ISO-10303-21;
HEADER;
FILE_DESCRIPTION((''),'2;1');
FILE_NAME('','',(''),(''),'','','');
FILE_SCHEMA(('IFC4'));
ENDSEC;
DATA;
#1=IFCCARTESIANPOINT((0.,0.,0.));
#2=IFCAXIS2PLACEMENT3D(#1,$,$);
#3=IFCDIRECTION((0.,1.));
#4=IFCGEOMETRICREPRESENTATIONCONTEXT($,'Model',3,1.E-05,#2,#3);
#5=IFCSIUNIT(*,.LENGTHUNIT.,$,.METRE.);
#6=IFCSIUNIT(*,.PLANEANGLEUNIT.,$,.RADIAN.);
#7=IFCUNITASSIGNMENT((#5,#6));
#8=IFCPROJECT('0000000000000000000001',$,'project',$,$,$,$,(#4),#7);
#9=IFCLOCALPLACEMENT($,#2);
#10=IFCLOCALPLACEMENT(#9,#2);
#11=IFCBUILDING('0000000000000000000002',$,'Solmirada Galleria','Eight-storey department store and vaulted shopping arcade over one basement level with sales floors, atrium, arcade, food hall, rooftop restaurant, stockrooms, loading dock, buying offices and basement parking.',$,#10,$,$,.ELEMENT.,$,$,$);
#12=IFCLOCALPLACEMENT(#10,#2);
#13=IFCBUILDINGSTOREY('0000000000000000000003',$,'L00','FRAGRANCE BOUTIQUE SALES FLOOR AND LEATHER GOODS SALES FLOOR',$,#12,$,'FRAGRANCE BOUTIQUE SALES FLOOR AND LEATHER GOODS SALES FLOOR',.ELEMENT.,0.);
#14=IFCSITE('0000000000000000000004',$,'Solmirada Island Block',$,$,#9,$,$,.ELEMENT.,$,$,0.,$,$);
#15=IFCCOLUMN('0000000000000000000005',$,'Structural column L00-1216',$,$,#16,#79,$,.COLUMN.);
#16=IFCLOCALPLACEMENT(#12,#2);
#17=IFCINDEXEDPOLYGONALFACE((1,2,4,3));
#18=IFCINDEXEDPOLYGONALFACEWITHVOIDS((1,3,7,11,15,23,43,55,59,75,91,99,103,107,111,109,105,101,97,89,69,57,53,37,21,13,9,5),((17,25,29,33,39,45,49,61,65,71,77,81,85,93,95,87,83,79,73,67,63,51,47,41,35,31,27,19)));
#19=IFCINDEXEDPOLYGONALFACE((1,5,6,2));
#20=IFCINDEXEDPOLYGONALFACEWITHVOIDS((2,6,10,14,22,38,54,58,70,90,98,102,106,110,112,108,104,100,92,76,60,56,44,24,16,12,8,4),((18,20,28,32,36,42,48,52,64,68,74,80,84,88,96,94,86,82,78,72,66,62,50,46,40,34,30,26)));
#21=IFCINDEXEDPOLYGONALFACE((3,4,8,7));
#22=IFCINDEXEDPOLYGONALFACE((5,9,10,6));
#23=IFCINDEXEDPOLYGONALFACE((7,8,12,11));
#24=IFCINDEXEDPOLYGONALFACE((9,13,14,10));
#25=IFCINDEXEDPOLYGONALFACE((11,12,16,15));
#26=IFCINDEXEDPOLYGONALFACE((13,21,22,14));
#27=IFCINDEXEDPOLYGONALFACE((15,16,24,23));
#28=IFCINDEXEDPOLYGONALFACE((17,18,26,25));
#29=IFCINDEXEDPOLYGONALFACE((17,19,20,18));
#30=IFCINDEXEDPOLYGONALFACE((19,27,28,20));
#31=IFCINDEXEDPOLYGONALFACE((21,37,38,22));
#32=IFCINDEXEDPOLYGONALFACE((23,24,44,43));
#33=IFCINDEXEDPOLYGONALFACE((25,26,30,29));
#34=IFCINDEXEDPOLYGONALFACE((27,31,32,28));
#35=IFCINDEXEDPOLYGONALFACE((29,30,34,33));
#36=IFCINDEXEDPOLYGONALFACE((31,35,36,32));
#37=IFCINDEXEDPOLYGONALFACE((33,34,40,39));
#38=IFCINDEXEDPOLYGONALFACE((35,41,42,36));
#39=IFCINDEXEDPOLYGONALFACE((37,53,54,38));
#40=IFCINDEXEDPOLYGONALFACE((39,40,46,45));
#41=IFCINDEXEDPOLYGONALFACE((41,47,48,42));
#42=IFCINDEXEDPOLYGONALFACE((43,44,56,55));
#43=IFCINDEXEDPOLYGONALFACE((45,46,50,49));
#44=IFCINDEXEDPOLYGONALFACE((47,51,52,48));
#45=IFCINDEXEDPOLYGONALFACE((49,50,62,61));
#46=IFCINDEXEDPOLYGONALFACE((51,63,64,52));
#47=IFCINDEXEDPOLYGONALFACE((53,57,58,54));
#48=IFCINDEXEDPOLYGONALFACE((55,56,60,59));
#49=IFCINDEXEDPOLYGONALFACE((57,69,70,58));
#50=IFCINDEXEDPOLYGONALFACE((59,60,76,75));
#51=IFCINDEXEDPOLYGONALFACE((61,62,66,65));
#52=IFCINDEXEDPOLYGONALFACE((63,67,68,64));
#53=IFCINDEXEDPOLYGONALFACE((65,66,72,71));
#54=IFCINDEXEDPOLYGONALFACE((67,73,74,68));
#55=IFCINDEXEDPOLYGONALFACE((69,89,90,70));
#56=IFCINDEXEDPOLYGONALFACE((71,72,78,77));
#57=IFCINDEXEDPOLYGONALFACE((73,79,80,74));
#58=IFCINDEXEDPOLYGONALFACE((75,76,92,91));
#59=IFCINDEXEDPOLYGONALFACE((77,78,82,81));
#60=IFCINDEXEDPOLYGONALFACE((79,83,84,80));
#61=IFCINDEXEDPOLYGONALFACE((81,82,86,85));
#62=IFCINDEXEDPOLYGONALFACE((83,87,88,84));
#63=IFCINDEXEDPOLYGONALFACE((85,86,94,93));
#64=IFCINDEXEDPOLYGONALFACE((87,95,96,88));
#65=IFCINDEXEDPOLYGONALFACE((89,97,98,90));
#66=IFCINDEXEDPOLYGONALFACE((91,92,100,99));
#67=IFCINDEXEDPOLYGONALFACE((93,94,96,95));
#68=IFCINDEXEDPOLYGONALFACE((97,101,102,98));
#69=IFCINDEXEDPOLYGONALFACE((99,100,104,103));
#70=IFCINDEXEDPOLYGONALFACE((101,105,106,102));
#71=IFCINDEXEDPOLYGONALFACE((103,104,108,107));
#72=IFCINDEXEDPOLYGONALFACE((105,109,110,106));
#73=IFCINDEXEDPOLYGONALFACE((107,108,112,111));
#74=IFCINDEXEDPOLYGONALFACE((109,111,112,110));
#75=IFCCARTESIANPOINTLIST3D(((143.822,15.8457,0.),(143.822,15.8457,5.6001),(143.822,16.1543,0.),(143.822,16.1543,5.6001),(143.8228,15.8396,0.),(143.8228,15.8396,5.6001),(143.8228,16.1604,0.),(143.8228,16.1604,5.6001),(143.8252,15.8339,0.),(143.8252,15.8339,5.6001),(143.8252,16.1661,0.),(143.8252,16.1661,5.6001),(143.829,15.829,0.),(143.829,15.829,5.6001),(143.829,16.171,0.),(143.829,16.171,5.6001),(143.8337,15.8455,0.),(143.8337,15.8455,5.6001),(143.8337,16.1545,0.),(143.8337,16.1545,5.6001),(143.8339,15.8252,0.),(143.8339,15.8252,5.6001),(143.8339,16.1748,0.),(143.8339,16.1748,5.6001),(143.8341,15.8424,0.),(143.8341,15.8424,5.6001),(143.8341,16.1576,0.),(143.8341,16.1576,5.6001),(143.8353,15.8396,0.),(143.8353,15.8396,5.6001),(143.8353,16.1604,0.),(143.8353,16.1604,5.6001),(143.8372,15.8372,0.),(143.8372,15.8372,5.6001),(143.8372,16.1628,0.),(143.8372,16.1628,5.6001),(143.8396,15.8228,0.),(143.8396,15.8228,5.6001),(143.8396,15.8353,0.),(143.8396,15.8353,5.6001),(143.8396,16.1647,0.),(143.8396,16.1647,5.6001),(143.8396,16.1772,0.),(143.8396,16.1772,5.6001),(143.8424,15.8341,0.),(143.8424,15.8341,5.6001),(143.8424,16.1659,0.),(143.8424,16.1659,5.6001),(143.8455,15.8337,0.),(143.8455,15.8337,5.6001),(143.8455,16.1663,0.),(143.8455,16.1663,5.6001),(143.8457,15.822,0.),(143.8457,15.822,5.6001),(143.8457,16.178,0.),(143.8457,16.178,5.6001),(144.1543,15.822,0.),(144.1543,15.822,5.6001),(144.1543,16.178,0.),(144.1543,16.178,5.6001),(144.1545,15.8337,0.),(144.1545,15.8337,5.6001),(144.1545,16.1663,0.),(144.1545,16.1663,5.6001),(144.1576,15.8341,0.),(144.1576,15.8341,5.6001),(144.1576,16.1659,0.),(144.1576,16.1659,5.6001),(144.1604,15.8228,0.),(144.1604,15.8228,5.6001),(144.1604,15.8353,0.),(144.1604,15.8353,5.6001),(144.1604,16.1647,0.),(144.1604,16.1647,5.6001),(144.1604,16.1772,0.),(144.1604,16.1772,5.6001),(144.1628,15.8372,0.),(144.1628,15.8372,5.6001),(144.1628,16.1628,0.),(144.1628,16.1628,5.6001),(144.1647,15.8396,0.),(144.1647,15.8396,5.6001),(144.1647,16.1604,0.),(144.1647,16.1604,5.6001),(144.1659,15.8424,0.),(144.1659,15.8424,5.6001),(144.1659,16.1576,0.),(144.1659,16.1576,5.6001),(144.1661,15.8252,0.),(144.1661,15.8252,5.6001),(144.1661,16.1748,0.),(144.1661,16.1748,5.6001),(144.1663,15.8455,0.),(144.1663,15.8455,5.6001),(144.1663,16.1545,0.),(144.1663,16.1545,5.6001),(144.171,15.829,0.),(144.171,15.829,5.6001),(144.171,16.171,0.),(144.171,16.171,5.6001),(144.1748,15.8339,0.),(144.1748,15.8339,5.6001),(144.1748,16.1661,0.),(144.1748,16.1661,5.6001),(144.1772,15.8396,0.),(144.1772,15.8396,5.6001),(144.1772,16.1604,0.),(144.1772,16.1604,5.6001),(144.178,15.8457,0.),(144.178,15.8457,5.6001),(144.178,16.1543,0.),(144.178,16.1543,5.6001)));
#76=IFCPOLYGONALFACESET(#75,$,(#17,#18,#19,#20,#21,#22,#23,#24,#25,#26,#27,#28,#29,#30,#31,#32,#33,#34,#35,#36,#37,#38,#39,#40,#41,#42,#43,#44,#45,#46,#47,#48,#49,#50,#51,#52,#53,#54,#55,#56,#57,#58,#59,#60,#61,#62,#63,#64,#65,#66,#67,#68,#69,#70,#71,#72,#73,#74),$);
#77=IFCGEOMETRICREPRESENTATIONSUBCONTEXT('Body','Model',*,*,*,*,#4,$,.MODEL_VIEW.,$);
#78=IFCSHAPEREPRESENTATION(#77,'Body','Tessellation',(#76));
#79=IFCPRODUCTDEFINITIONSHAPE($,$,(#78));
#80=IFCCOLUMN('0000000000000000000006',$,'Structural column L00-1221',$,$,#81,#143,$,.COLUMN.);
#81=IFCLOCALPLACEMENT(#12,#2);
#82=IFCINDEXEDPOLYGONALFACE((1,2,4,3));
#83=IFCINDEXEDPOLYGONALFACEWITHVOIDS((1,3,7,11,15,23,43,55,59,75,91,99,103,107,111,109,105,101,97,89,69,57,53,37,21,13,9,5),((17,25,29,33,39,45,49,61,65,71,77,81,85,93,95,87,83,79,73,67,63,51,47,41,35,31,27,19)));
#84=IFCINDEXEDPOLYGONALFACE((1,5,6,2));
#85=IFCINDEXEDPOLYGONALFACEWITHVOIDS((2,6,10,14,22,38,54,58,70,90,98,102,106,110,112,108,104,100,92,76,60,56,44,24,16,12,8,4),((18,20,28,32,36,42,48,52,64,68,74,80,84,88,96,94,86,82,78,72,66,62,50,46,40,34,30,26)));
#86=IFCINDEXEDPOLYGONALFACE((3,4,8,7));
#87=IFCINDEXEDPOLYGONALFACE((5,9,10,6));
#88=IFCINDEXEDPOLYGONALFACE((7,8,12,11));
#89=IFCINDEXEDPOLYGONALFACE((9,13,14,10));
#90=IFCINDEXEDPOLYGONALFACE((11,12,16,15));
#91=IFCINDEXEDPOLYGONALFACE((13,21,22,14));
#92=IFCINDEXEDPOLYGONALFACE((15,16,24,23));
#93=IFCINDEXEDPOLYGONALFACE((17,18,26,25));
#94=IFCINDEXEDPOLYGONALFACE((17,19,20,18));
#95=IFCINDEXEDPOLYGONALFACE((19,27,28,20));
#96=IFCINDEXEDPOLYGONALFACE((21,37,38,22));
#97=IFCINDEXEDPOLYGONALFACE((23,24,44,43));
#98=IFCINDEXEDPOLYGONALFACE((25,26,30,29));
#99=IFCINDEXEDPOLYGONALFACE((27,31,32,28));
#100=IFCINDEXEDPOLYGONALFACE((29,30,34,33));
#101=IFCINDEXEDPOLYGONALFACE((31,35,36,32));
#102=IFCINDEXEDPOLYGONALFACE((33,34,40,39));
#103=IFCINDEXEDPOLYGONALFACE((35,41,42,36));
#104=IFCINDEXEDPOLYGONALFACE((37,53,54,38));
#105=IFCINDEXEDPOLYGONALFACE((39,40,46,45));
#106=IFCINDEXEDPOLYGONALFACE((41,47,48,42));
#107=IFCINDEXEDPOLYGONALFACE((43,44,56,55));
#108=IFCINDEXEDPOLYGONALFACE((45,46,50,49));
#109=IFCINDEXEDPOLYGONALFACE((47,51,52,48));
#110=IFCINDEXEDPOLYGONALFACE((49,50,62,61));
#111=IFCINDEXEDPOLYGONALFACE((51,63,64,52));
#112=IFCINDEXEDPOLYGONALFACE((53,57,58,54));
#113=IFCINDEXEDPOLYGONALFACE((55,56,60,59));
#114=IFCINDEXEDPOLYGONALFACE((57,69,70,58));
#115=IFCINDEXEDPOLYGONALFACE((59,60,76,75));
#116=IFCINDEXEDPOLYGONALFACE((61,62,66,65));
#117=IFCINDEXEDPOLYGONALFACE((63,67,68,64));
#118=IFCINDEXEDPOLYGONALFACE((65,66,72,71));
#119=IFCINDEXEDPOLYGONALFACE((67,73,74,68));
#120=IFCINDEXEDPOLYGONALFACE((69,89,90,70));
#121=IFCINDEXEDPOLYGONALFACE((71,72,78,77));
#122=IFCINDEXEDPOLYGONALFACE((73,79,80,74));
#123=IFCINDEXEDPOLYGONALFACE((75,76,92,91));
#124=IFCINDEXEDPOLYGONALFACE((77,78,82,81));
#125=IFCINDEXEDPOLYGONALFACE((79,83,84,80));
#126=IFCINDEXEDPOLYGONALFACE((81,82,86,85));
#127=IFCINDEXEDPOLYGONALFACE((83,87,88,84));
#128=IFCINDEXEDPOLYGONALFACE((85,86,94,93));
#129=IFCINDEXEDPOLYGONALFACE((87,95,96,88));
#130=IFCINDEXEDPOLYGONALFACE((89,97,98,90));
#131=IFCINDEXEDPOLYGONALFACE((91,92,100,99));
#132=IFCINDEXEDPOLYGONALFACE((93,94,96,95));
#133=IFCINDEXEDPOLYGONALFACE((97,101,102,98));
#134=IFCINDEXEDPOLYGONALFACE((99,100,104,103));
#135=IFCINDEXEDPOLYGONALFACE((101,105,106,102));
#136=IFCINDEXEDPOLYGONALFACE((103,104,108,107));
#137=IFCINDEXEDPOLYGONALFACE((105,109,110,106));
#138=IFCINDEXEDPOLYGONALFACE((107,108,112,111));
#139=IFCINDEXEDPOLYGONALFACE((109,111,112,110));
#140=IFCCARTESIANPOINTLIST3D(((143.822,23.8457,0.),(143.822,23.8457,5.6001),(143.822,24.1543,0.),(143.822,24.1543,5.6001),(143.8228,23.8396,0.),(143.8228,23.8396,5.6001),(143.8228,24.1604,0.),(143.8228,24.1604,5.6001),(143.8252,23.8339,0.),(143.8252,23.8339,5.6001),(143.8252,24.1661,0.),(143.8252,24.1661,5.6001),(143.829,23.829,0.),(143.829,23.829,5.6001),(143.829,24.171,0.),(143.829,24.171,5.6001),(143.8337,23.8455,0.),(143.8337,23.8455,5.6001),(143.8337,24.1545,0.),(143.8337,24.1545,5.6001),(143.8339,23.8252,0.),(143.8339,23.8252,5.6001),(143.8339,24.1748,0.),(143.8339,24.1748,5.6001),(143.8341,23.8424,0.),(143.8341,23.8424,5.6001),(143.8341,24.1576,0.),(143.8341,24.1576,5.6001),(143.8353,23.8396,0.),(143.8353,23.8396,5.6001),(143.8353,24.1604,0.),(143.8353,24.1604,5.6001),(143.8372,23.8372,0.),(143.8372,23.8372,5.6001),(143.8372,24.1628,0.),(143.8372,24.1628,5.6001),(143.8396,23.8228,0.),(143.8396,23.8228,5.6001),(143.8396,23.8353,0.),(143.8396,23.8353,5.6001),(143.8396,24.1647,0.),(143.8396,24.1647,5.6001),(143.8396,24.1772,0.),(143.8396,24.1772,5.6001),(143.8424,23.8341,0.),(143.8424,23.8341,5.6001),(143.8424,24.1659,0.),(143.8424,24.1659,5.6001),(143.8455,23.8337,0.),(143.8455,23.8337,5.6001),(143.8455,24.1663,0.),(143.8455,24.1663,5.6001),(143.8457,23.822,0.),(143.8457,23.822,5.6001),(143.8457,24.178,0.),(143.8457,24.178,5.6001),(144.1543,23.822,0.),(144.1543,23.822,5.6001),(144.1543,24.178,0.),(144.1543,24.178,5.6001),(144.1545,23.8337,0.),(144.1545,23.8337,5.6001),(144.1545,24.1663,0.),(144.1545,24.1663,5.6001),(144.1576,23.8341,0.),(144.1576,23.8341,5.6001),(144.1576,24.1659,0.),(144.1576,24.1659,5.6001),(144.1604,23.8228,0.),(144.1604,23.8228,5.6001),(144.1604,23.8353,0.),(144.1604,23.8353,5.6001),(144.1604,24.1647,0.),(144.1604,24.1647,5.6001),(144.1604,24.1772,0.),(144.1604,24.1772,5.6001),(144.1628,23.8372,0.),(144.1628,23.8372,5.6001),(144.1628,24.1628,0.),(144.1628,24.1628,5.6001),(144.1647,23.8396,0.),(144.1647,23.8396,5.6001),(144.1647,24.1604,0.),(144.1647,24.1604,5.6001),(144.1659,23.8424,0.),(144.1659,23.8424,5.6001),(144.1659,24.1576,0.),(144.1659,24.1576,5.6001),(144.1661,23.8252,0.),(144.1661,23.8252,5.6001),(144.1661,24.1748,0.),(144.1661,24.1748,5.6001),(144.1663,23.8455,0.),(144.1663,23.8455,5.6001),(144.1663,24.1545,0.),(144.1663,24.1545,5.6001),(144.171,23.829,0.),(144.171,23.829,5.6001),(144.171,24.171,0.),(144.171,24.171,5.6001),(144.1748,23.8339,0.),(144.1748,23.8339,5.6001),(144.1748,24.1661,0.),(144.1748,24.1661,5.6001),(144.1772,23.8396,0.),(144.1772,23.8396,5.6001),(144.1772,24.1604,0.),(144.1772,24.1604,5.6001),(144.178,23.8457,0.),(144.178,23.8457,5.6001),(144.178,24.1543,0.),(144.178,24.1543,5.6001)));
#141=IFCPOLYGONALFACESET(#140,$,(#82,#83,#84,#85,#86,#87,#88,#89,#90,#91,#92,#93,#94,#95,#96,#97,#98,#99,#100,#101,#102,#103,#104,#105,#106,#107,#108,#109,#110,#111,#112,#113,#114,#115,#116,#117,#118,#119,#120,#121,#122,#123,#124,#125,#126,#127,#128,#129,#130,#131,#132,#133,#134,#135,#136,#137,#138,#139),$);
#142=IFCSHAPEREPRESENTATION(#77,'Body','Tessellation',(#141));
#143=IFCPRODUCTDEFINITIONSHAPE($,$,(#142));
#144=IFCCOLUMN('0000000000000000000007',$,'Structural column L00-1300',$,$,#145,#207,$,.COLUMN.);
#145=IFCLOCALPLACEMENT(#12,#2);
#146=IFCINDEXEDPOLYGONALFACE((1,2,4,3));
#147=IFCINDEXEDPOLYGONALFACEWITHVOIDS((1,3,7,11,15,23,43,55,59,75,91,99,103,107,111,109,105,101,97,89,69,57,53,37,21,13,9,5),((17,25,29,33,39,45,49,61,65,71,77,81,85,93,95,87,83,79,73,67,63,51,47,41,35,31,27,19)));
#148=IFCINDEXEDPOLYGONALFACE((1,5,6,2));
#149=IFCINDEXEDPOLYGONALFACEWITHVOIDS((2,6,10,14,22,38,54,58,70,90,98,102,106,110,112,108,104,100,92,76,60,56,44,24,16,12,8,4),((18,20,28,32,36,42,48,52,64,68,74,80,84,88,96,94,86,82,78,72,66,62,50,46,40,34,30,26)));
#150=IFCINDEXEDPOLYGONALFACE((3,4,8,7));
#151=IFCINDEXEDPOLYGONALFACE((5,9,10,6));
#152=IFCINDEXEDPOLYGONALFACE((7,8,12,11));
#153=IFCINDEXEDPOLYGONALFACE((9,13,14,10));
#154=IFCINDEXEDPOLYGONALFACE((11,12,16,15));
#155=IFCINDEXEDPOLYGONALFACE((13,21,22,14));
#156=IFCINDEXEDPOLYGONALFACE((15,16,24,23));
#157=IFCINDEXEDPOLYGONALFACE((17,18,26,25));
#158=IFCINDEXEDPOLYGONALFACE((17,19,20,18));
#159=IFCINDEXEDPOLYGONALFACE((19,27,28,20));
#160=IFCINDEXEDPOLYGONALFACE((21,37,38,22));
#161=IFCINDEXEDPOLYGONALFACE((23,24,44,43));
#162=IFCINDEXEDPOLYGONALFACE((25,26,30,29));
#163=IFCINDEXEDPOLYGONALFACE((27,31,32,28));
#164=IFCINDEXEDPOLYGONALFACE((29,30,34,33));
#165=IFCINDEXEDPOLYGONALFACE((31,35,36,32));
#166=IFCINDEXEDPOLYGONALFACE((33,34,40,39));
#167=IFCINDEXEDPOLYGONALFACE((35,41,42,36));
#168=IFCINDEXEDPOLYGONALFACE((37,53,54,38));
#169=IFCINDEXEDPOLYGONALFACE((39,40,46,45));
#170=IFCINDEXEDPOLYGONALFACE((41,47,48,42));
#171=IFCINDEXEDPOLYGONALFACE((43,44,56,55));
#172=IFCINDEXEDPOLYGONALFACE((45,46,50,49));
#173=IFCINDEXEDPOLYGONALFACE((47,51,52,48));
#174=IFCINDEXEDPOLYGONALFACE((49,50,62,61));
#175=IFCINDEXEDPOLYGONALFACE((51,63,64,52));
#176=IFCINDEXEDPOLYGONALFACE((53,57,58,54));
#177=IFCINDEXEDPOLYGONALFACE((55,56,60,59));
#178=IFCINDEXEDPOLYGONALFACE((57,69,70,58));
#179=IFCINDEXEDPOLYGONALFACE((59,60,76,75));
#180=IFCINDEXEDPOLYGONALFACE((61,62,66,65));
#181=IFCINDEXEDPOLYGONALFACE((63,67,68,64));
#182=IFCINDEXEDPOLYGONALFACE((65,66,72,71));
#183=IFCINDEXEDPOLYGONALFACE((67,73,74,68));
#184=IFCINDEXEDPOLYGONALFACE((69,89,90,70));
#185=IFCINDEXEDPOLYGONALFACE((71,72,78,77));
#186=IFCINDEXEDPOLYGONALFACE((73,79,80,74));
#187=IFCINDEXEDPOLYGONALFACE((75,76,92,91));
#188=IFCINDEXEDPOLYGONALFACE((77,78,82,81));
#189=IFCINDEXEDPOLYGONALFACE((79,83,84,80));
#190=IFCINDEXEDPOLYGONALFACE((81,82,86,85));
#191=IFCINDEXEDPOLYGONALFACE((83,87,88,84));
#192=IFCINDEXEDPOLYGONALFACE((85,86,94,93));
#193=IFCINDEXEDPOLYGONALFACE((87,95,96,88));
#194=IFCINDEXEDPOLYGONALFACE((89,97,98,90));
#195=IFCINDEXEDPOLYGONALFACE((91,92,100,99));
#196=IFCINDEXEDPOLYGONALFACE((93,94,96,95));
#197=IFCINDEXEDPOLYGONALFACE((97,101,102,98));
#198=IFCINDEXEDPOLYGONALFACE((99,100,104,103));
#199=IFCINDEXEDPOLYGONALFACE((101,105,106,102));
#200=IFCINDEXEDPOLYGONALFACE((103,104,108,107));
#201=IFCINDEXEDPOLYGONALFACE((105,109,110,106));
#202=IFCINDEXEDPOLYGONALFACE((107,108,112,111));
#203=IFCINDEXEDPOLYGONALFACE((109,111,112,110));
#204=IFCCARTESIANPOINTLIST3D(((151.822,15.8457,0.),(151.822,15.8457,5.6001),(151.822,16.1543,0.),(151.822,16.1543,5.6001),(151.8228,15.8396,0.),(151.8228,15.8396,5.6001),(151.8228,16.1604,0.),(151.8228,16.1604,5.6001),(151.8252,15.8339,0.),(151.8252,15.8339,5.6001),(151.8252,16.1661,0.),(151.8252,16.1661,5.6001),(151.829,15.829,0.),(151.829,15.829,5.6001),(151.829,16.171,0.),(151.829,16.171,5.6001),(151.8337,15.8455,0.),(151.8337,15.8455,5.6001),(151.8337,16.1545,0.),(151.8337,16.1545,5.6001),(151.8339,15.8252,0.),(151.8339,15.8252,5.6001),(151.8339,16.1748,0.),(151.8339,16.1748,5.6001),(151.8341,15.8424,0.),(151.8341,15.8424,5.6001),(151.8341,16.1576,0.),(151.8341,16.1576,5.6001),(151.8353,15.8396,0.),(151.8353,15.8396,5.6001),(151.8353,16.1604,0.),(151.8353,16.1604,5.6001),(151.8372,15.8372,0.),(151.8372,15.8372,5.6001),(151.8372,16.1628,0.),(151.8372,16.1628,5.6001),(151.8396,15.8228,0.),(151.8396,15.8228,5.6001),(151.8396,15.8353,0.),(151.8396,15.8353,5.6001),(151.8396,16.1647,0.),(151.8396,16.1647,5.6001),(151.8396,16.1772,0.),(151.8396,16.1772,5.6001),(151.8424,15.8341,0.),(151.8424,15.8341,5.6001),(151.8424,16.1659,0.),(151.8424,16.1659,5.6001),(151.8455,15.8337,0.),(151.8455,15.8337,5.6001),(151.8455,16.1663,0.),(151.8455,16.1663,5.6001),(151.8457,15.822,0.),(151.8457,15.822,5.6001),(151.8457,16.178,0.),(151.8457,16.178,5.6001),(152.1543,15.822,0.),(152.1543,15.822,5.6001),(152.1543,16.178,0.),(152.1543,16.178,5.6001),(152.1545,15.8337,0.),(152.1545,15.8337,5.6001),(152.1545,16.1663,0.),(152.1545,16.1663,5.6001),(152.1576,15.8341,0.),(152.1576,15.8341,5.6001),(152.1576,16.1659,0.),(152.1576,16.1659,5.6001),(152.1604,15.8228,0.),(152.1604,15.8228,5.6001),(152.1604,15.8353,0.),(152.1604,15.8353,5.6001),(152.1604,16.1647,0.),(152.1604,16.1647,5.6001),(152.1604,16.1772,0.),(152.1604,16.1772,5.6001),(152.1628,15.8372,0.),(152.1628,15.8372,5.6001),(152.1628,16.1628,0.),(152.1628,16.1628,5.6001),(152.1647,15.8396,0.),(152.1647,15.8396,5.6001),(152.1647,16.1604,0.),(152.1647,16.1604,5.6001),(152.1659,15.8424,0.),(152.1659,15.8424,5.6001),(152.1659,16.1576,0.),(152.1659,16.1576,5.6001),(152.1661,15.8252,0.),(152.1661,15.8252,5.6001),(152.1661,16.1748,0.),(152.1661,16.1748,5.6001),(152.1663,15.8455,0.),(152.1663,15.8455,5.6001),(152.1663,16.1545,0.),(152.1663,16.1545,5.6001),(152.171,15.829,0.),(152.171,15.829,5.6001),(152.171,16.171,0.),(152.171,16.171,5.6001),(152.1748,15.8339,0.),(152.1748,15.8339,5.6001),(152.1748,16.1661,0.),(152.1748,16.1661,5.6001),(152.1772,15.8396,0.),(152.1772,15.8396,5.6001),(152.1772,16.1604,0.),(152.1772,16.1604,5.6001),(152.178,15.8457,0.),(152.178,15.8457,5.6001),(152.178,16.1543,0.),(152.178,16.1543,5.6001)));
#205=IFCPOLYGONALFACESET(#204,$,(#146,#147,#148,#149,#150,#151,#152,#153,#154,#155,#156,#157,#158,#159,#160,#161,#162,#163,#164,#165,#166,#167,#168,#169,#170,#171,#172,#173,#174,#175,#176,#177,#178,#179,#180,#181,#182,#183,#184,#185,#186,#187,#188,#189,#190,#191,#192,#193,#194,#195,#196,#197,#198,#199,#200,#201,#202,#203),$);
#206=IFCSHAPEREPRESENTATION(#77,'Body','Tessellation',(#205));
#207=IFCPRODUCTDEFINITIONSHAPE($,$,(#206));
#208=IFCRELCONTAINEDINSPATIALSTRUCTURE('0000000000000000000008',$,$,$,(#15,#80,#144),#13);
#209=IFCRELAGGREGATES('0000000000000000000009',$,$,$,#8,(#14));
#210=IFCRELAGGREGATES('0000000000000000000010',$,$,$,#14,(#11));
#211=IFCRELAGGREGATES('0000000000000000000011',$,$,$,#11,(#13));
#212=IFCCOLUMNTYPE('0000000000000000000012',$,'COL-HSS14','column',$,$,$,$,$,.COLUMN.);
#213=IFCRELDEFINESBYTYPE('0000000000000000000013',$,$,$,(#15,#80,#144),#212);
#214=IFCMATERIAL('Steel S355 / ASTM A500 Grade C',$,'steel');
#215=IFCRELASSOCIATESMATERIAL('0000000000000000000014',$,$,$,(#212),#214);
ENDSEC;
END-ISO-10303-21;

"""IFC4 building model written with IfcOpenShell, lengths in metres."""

from ifc_helpers import new_model, si_unit, direction, frame, origin, origin_2d, place, context, subcontext, project, spatial, hollow_rectangle, extrude, material, material_profile, profile_set, type_object, element, save


model = new_model("IFC4")

# Units and contexts
model_context = context("Model", 3, precision=1e-05, world=origin(), true_north=direction((0.0, 1.0)))
body_context = subcontext(model_context, "Body", "Model", "MODEL_VIEW")
ifc_project = project(units=[si_unit("LENGTHUNIT", "METRE"), si_unit("PLANEANGLEUNIT", "RADIAN")], contexts=[model_context])

# Site, building, storey
site_placement = place(None, origin())
site = spatial("IfcSite", under=ifc_project, at=site_placement, Name="Solmirada Island Block", CompositionType="ELEMENT", RefElevation=0.0)
building_placement = place(site_placement, origin())
building = spatial("IfcBuilding", under=site, at=building_placement, Name="Solmirada Galleria", Description="Eight-storey department store and vaulted shopping arcade over one basement level with sales floors, atrium, arcade, food hall, rooftop restaurant, stockrooms, loading dock, buying offices and basement parking.", CompositionType="ELEMENT")
storey_placement = place(building_placement, origin())
storey = spatial("IfcBuildingStorey", under=building, at=storey_placement, Name="L00", Description="FRAGRANCE BOUTIQUE SALES FLOOR AND LEATHER GOODS SALES FLOOR", LongName="FRAGRANCE BOUTIQUE SALES FLOOR AND LEATHER GOODS SALES FLOOR", CompositionType="ELEMENT", Elevation=0.0)

# Columns
ifc_material_1 = material(Name="Steel S355 / ASTM A500 Grade C", Category="steel")
ifc_material_profile_1 = material_profile(ifc_material_1, hollow_rectangle(XDim=0.356, YDim=0.356, WallThickness=0.0117, InnerFilletRadius=0.0117, OuterFilletRadius=0.0237, at=origin_2d()), Name="HSS14X14X1/2")
ifc_profile_set_1 = profile_set([ifc_material_profile_1], Name="Steel S355 / ASTM A500 Grade C")
column_type_1 = type_object("IfcColumnType", Name="COL-HSS14", Description="column", PredefinedType="COLUMN", material=ifc_profile_set_1)
for number, where, z_axis, x_axis, name in (
    (1, (144.0, 16.0, 0.0), (0.0, 0.0, 1.0), (1.0, 0.0, 0.0), "Structural column L00-1216"),
    (2, (144.0, 24.0, 0.0), (0.0, 0.0, 1.0), (1.0, 0.0, 0.0), "Structural column L00-1221"),
    (3, (152.0, 16.0, 0.0), (0.0, 0.0, 1.0), (1.0, 0.0, 0.0), "Structural column L00-1300"),
):
    element("IfcColumn", number, at=place(storey_placement, frame(where, z_axis=z_axis, x_axis=x_axis)), inside=storey, type_object=column_type_1, Name=name, PredefinedType="COLUMN", context=body_context, shape_type="SweptSolid", body=[
        extrude(hollow_rectangle(XDim=0.356, YDim=0.356, WallThickness=0.0117, InnerFilletRadius=0.0117, OuterFilletRadius=0.0237, at=origin_2d()), origin(), (0.0, 0.0, 1.0), 5.6001),
    ])

save(model, "model.ifc")
